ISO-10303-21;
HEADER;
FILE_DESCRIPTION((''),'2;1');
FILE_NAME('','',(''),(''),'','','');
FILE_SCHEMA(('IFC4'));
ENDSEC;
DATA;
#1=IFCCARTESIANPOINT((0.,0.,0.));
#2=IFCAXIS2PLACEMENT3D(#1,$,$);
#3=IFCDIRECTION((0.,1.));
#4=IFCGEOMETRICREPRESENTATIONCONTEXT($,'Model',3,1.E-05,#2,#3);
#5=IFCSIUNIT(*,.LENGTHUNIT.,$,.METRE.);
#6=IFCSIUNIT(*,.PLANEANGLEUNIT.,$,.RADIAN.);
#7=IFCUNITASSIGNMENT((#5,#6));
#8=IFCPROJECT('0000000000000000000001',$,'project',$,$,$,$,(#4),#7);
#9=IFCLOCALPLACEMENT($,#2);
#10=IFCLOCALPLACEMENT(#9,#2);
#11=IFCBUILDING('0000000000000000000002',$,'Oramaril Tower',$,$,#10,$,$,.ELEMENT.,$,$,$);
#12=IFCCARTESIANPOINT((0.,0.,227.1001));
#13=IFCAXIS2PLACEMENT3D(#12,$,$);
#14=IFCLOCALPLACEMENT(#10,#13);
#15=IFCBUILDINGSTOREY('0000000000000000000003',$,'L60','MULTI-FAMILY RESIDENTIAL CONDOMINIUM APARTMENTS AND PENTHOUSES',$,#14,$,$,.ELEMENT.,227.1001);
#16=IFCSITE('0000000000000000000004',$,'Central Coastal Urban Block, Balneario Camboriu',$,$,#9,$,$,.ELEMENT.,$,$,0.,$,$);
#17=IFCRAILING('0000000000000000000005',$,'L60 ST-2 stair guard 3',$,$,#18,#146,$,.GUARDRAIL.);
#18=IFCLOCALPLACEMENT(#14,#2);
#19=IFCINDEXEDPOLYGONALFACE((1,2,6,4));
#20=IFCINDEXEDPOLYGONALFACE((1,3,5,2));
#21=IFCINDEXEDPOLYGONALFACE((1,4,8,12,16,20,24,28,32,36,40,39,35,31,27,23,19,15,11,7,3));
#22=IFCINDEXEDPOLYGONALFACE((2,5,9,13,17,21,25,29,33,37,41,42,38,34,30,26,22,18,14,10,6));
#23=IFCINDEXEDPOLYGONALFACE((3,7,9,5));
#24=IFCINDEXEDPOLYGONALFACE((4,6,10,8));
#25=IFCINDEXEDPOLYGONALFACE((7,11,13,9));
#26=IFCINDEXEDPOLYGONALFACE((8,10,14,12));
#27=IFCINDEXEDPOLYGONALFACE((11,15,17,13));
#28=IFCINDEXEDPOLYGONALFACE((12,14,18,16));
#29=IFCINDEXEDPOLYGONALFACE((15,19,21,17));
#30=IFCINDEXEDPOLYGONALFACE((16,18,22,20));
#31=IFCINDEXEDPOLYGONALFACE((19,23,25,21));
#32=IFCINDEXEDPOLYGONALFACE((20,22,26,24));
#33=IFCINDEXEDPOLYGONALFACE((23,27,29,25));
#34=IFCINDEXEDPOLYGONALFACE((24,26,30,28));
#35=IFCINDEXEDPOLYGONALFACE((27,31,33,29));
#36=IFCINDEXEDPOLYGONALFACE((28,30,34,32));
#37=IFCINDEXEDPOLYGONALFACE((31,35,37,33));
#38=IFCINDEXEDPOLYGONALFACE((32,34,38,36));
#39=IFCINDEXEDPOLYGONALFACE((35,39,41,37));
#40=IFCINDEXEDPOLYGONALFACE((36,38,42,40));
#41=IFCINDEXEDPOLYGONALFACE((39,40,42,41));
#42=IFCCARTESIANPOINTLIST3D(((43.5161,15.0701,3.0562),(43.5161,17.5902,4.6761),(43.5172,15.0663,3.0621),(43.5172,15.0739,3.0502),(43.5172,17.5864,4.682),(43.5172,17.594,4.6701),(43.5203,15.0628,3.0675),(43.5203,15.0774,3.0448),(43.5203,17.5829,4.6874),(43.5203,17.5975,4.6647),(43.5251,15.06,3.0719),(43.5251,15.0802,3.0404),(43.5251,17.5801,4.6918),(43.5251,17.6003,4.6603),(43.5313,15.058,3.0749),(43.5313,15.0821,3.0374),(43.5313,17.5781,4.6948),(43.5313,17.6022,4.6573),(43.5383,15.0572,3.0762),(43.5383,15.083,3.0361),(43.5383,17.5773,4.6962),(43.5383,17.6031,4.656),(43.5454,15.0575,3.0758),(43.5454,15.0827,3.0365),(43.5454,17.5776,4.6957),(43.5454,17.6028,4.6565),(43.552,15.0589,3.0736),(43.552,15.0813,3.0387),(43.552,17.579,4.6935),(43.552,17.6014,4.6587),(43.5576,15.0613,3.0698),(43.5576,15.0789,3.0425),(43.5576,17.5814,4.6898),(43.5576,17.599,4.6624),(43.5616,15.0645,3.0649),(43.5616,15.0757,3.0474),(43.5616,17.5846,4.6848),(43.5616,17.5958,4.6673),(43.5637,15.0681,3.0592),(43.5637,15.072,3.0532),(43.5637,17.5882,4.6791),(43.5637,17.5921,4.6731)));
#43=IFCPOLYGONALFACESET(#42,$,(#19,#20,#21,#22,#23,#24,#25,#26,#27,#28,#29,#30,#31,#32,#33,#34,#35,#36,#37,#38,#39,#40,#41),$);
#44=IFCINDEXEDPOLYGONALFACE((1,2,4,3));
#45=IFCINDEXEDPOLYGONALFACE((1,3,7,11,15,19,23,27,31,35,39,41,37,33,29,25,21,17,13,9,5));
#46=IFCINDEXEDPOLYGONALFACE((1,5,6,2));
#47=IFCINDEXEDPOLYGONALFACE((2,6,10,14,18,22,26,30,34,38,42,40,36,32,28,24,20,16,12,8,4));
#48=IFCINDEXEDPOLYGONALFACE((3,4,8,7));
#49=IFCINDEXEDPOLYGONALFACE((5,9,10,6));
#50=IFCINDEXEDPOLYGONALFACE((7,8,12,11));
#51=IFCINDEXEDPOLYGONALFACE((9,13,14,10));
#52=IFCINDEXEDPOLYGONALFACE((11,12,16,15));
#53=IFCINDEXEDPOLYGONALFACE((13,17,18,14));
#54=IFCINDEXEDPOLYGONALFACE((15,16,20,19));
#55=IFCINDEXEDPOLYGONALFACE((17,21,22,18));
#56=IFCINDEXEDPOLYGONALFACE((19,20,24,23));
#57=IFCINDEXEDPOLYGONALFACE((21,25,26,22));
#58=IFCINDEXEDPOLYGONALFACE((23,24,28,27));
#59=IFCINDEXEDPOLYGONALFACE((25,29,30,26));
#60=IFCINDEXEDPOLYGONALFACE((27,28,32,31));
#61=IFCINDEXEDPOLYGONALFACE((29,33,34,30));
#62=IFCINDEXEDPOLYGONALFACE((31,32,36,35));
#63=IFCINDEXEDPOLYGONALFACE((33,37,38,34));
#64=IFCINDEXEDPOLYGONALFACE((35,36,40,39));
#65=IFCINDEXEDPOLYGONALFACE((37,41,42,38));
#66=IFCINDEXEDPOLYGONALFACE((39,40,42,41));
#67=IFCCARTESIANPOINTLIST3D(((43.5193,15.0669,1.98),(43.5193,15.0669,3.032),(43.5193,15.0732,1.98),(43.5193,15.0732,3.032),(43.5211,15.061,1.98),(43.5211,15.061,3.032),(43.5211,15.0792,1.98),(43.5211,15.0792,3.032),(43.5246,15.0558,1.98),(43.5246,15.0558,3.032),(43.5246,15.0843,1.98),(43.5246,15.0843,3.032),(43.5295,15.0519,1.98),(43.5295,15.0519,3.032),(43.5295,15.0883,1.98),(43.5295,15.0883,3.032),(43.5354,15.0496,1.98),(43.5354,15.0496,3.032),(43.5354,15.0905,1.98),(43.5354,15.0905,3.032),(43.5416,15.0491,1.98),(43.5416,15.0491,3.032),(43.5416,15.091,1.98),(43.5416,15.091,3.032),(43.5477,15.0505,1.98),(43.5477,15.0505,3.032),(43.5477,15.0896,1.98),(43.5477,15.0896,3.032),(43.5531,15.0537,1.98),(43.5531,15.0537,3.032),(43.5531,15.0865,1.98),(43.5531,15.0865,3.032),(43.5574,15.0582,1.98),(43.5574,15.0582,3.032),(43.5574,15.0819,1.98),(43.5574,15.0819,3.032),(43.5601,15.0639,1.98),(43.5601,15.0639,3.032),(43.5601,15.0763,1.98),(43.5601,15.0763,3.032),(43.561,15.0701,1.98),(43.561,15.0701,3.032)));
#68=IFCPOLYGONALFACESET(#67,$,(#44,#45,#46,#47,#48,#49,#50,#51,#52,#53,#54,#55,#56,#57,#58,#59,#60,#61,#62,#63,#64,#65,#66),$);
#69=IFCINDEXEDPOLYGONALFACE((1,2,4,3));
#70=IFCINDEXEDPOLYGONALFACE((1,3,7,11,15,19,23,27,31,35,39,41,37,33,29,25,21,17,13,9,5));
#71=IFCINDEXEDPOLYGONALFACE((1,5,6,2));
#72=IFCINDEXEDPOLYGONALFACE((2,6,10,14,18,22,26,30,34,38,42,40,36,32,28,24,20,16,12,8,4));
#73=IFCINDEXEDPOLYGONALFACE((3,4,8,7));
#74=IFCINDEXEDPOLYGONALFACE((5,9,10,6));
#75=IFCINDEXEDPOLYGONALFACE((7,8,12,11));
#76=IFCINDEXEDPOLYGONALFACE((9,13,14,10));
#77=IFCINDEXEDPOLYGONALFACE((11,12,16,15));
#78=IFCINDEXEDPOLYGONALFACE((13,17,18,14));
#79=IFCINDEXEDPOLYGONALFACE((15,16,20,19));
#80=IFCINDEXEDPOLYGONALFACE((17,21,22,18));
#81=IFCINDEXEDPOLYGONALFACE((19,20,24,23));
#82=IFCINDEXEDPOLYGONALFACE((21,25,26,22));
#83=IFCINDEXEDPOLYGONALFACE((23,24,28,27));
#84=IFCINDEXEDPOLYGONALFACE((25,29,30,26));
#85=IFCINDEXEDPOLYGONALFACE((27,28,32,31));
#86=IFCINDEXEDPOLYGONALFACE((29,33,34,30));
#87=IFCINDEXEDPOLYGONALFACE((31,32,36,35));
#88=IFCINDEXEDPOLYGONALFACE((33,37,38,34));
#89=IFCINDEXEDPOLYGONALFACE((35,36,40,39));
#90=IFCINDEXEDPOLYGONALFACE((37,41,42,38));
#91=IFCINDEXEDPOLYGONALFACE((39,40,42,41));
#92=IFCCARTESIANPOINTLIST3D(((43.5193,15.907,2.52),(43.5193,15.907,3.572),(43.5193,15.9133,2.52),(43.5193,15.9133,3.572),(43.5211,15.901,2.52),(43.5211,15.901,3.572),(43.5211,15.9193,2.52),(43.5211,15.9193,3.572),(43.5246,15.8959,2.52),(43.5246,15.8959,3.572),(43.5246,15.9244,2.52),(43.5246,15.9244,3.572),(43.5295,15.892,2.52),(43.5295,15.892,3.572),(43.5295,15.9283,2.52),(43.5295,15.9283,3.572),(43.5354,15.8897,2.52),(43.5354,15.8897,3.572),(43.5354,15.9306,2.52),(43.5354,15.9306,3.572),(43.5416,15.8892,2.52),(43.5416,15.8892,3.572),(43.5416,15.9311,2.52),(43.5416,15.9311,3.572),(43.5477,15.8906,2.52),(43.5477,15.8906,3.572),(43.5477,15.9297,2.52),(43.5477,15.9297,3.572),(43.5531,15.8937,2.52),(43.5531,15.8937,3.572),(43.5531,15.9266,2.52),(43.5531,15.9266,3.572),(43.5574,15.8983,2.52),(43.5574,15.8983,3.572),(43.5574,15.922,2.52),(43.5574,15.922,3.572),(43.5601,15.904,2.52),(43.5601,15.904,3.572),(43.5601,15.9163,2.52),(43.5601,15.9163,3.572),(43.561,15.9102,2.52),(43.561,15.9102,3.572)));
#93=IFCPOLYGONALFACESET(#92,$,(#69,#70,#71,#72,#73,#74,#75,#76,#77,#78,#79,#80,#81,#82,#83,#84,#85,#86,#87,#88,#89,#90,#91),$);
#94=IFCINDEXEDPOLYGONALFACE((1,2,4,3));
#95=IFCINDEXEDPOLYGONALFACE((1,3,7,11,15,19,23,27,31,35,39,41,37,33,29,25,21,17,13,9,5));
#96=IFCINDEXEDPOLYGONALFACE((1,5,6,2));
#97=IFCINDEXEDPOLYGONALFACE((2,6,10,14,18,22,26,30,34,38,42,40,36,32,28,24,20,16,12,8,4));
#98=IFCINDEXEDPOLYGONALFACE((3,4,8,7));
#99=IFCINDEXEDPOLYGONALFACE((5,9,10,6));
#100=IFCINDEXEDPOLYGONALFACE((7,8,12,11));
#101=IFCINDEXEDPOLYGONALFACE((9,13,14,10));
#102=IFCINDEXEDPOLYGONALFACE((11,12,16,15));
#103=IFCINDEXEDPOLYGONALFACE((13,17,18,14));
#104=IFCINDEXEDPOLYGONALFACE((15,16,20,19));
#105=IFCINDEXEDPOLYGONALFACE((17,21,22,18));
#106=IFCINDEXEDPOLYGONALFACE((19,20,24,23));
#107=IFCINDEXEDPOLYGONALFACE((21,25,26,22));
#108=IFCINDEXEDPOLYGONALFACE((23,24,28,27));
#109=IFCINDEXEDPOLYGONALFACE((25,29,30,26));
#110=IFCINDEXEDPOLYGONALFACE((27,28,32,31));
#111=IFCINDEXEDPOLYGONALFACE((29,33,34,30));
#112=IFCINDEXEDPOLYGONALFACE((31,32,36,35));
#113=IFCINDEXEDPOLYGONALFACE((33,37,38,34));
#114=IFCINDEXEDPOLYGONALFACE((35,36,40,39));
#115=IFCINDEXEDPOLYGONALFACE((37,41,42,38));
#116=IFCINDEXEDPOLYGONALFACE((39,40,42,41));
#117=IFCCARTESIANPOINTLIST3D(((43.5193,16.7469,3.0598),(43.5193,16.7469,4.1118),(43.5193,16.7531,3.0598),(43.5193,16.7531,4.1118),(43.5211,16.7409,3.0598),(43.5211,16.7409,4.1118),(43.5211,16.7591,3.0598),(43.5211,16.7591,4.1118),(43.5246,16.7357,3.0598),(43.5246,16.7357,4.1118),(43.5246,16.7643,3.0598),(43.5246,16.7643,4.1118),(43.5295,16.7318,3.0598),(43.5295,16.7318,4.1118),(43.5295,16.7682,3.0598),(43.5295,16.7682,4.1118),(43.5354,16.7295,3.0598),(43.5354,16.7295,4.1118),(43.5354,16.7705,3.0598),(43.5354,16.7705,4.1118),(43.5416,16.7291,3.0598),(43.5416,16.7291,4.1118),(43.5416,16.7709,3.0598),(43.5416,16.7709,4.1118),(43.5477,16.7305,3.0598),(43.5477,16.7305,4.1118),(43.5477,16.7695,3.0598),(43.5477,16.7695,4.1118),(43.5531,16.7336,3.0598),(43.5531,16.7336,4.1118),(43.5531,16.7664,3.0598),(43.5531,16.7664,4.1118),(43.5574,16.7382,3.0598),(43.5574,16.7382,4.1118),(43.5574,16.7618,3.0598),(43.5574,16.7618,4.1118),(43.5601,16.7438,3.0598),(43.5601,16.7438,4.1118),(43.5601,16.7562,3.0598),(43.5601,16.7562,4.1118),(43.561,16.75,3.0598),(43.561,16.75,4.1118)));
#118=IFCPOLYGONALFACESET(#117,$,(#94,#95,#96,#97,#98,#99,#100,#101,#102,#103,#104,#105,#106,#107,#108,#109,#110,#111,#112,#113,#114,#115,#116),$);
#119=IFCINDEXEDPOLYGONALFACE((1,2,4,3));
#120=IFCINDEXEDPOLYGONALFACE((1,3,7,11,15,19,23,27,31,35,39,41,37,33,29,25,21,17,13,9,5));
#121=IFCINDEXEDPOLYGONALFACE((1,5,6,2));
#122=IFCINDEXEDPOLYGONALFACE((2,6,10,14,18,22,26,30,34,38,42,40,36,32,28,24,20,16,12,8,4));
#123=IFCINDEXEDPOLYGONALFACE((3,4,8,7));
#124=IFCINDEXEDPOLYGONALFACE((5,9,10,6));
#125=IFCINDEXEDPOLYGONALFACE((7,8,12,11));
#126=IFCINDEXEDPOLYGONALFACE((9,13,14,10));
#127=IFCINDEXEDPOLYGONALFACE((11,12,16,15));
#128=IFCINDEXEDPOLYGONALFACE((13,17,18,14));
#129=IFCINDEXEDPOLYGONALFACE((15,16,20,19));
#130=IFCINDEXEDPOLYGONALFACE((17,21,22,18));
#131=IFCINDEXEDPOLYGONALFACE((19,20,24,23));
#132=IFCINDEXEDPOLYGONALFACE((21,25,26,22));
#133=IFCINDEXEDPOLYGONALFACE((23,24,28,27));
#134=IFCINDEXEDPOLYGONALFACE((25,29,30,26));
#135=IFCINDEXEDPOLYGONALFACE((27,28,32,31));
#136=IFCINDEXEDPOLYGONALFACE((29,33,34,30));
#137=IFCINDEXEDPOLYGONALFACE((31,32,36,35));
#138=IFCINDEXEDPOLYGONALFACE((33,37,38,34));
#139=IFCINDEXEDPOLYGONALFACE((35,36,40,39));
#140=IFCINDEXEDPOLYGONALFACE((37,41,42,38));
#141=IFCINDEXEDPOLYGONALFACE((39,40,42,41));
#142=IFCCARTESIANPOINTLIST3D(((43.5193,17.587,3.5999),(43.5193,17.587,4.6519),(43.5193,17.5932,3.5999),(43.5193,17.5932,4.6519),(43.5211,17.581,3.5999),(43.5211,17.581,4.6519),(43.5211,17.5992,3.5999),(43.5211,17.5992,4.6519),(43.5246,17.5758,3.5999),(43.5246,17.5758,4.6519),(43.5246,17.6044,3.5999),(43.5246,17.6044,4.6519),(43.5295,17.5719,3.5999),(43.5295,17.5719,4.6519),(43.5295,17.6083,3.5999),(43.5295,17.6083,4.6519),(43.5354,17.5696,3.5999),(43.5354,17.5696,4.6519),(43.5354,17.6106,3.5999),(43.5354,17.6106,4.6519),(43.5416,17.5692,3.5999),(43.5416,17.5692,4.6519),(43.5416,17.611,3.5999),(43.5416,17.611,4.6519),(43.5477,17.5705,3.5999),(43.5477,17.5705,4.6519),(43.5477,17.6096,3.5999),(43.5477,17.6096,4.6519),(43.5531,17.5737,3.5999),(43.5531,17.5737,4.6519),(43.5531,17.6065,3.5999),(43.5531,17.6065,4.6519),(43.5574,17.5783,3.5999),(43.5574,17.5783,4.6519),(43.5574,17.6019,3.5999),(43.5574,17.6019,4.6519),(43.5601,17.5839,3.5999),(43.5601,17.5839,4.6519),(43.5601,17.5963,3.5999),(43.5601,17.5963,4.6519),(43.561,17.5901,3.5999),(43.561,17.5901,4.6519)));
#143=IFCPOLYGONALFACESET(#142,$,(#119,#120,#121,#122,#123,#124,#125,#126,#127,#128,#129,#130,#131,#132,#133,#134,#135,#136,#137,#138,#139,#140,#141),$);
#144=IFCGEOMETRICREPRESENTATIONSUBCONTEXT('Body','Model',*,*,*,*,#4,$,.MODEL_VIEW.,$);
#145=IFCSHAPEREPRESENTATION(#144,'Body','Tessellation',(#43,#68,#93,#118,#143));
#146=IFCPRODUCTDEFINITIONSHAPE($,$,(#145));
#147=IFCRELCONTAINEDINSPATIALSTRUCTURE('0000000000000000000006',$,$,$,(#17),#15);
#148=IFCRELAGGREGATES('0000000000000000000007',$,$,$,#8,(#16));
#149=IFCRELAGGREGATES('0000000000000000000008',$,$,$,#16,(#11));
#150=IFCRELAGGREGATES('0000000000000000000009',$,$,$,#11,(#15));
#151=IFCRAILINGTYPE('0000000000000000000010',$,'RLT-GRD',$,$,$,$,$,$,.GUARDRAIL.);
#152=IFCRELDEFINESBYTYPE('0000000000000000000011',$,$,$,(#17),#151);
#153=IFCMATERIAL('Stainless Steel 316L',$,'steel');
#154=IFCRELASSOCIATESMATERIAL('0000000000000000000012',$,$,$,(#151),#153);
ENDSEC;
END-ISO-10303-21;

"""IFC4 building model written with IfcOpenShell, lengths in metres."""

from ifc_helpers import new_model, si_unit, direction, frame, origin, origin_2d, place, context, subcontext, project, spatial, circle, extrude, material, type_object, element, save


model = new_model("IFC4")

# Units and contexts
model_context = context("Model", 3, precision=1e-05, world=origin(), true_north=direction((0.0, 1.0)))
body_context = subcontext(model_context, "Body", "Model", "MODEL_VIEW")
ifc_project = project(units=[si_unit("LENGTHUNIT", "METRE"), si_unit("PLANEANGLEUNIT", "RADIAN")], contexts=[model_context])

# Site, building, storey
site_placement = place(None, origin())
site = spatial("IfcSite", under=ifc_project, at=site_placement, Name="Central Coastal Urban Block, Balneario Camboriu", CompositionType="ELEMENT", RefElevation=0.0)
building_placement = place(site_placement, origin())
building = spatial("IfcBuilding", under=site, at=building_placement, Name="Oramaril Tower", CompositionType="ELEMENT")
storey_placement = place(building_placement, frame((0.0, 0.0, 227.1001)))
storey = spatial("IfcBuildingStorey", under=building, at=storey_placement, Name="L60", Description="MULTI-FAMILY RESIDENTIAL CONDOMINIUM APARTMENTS AND PENTHOUSES", CompositionType="ELEMENT", Elevation=227.1001)

# Railing
ifc_material_1 = material(Name="Stainless Steel 316L", Category="steel")
railing_type_1 = type_object("IfcRailingType", Name="RLT-GRD", PredefinedType="GUARDRAIL", material=ifc_material_1)
railing_1_placement = place(storey_placement, frame((43.54, 15.0701, 1.98)))
element("IfcRailing", 1, at=railing_1_placement, inside=storey, type_object=railing_type_1, Name="L60 ST-2 stair guard 3", PredefinedType="GUARDRAIL", context=body_context, shape_type="SweptSolid", body=[
    extrude(circle(Radius=0.0239, at=origin_2d()), frame((0.0, 0.0, 1.0762), z_axis=(0.0, 0.8412, 0.540725), x_axis=(-1.0, 0.0, 0.0)), (0.0, 0.0, 1.0), 2.9958),
    extrude(circle(Radius=0.021, at=origin_2d()), origin(), (0.0, 0.0, 1.0), 1.052),
    extrude(circle(Radius=0.021, at=origin_2d()), frame((0.0, 0.8401, 0.54)), (0.0, 0.0, 1.0), 1.052),
    extrude(circle(Radius=0.021, at=origin_2d()), frame((0.0, 1.6799, 1.0798)), (0.0, 0.0, 1.0), 1.052),
    extrude(circle(Radius=0.021, at=origin_2d()), frame((0.0, 2.52, 1.6199)), (0.0, 0.0, 1.0), 1.052),
])

save(model, "model.ifc")
